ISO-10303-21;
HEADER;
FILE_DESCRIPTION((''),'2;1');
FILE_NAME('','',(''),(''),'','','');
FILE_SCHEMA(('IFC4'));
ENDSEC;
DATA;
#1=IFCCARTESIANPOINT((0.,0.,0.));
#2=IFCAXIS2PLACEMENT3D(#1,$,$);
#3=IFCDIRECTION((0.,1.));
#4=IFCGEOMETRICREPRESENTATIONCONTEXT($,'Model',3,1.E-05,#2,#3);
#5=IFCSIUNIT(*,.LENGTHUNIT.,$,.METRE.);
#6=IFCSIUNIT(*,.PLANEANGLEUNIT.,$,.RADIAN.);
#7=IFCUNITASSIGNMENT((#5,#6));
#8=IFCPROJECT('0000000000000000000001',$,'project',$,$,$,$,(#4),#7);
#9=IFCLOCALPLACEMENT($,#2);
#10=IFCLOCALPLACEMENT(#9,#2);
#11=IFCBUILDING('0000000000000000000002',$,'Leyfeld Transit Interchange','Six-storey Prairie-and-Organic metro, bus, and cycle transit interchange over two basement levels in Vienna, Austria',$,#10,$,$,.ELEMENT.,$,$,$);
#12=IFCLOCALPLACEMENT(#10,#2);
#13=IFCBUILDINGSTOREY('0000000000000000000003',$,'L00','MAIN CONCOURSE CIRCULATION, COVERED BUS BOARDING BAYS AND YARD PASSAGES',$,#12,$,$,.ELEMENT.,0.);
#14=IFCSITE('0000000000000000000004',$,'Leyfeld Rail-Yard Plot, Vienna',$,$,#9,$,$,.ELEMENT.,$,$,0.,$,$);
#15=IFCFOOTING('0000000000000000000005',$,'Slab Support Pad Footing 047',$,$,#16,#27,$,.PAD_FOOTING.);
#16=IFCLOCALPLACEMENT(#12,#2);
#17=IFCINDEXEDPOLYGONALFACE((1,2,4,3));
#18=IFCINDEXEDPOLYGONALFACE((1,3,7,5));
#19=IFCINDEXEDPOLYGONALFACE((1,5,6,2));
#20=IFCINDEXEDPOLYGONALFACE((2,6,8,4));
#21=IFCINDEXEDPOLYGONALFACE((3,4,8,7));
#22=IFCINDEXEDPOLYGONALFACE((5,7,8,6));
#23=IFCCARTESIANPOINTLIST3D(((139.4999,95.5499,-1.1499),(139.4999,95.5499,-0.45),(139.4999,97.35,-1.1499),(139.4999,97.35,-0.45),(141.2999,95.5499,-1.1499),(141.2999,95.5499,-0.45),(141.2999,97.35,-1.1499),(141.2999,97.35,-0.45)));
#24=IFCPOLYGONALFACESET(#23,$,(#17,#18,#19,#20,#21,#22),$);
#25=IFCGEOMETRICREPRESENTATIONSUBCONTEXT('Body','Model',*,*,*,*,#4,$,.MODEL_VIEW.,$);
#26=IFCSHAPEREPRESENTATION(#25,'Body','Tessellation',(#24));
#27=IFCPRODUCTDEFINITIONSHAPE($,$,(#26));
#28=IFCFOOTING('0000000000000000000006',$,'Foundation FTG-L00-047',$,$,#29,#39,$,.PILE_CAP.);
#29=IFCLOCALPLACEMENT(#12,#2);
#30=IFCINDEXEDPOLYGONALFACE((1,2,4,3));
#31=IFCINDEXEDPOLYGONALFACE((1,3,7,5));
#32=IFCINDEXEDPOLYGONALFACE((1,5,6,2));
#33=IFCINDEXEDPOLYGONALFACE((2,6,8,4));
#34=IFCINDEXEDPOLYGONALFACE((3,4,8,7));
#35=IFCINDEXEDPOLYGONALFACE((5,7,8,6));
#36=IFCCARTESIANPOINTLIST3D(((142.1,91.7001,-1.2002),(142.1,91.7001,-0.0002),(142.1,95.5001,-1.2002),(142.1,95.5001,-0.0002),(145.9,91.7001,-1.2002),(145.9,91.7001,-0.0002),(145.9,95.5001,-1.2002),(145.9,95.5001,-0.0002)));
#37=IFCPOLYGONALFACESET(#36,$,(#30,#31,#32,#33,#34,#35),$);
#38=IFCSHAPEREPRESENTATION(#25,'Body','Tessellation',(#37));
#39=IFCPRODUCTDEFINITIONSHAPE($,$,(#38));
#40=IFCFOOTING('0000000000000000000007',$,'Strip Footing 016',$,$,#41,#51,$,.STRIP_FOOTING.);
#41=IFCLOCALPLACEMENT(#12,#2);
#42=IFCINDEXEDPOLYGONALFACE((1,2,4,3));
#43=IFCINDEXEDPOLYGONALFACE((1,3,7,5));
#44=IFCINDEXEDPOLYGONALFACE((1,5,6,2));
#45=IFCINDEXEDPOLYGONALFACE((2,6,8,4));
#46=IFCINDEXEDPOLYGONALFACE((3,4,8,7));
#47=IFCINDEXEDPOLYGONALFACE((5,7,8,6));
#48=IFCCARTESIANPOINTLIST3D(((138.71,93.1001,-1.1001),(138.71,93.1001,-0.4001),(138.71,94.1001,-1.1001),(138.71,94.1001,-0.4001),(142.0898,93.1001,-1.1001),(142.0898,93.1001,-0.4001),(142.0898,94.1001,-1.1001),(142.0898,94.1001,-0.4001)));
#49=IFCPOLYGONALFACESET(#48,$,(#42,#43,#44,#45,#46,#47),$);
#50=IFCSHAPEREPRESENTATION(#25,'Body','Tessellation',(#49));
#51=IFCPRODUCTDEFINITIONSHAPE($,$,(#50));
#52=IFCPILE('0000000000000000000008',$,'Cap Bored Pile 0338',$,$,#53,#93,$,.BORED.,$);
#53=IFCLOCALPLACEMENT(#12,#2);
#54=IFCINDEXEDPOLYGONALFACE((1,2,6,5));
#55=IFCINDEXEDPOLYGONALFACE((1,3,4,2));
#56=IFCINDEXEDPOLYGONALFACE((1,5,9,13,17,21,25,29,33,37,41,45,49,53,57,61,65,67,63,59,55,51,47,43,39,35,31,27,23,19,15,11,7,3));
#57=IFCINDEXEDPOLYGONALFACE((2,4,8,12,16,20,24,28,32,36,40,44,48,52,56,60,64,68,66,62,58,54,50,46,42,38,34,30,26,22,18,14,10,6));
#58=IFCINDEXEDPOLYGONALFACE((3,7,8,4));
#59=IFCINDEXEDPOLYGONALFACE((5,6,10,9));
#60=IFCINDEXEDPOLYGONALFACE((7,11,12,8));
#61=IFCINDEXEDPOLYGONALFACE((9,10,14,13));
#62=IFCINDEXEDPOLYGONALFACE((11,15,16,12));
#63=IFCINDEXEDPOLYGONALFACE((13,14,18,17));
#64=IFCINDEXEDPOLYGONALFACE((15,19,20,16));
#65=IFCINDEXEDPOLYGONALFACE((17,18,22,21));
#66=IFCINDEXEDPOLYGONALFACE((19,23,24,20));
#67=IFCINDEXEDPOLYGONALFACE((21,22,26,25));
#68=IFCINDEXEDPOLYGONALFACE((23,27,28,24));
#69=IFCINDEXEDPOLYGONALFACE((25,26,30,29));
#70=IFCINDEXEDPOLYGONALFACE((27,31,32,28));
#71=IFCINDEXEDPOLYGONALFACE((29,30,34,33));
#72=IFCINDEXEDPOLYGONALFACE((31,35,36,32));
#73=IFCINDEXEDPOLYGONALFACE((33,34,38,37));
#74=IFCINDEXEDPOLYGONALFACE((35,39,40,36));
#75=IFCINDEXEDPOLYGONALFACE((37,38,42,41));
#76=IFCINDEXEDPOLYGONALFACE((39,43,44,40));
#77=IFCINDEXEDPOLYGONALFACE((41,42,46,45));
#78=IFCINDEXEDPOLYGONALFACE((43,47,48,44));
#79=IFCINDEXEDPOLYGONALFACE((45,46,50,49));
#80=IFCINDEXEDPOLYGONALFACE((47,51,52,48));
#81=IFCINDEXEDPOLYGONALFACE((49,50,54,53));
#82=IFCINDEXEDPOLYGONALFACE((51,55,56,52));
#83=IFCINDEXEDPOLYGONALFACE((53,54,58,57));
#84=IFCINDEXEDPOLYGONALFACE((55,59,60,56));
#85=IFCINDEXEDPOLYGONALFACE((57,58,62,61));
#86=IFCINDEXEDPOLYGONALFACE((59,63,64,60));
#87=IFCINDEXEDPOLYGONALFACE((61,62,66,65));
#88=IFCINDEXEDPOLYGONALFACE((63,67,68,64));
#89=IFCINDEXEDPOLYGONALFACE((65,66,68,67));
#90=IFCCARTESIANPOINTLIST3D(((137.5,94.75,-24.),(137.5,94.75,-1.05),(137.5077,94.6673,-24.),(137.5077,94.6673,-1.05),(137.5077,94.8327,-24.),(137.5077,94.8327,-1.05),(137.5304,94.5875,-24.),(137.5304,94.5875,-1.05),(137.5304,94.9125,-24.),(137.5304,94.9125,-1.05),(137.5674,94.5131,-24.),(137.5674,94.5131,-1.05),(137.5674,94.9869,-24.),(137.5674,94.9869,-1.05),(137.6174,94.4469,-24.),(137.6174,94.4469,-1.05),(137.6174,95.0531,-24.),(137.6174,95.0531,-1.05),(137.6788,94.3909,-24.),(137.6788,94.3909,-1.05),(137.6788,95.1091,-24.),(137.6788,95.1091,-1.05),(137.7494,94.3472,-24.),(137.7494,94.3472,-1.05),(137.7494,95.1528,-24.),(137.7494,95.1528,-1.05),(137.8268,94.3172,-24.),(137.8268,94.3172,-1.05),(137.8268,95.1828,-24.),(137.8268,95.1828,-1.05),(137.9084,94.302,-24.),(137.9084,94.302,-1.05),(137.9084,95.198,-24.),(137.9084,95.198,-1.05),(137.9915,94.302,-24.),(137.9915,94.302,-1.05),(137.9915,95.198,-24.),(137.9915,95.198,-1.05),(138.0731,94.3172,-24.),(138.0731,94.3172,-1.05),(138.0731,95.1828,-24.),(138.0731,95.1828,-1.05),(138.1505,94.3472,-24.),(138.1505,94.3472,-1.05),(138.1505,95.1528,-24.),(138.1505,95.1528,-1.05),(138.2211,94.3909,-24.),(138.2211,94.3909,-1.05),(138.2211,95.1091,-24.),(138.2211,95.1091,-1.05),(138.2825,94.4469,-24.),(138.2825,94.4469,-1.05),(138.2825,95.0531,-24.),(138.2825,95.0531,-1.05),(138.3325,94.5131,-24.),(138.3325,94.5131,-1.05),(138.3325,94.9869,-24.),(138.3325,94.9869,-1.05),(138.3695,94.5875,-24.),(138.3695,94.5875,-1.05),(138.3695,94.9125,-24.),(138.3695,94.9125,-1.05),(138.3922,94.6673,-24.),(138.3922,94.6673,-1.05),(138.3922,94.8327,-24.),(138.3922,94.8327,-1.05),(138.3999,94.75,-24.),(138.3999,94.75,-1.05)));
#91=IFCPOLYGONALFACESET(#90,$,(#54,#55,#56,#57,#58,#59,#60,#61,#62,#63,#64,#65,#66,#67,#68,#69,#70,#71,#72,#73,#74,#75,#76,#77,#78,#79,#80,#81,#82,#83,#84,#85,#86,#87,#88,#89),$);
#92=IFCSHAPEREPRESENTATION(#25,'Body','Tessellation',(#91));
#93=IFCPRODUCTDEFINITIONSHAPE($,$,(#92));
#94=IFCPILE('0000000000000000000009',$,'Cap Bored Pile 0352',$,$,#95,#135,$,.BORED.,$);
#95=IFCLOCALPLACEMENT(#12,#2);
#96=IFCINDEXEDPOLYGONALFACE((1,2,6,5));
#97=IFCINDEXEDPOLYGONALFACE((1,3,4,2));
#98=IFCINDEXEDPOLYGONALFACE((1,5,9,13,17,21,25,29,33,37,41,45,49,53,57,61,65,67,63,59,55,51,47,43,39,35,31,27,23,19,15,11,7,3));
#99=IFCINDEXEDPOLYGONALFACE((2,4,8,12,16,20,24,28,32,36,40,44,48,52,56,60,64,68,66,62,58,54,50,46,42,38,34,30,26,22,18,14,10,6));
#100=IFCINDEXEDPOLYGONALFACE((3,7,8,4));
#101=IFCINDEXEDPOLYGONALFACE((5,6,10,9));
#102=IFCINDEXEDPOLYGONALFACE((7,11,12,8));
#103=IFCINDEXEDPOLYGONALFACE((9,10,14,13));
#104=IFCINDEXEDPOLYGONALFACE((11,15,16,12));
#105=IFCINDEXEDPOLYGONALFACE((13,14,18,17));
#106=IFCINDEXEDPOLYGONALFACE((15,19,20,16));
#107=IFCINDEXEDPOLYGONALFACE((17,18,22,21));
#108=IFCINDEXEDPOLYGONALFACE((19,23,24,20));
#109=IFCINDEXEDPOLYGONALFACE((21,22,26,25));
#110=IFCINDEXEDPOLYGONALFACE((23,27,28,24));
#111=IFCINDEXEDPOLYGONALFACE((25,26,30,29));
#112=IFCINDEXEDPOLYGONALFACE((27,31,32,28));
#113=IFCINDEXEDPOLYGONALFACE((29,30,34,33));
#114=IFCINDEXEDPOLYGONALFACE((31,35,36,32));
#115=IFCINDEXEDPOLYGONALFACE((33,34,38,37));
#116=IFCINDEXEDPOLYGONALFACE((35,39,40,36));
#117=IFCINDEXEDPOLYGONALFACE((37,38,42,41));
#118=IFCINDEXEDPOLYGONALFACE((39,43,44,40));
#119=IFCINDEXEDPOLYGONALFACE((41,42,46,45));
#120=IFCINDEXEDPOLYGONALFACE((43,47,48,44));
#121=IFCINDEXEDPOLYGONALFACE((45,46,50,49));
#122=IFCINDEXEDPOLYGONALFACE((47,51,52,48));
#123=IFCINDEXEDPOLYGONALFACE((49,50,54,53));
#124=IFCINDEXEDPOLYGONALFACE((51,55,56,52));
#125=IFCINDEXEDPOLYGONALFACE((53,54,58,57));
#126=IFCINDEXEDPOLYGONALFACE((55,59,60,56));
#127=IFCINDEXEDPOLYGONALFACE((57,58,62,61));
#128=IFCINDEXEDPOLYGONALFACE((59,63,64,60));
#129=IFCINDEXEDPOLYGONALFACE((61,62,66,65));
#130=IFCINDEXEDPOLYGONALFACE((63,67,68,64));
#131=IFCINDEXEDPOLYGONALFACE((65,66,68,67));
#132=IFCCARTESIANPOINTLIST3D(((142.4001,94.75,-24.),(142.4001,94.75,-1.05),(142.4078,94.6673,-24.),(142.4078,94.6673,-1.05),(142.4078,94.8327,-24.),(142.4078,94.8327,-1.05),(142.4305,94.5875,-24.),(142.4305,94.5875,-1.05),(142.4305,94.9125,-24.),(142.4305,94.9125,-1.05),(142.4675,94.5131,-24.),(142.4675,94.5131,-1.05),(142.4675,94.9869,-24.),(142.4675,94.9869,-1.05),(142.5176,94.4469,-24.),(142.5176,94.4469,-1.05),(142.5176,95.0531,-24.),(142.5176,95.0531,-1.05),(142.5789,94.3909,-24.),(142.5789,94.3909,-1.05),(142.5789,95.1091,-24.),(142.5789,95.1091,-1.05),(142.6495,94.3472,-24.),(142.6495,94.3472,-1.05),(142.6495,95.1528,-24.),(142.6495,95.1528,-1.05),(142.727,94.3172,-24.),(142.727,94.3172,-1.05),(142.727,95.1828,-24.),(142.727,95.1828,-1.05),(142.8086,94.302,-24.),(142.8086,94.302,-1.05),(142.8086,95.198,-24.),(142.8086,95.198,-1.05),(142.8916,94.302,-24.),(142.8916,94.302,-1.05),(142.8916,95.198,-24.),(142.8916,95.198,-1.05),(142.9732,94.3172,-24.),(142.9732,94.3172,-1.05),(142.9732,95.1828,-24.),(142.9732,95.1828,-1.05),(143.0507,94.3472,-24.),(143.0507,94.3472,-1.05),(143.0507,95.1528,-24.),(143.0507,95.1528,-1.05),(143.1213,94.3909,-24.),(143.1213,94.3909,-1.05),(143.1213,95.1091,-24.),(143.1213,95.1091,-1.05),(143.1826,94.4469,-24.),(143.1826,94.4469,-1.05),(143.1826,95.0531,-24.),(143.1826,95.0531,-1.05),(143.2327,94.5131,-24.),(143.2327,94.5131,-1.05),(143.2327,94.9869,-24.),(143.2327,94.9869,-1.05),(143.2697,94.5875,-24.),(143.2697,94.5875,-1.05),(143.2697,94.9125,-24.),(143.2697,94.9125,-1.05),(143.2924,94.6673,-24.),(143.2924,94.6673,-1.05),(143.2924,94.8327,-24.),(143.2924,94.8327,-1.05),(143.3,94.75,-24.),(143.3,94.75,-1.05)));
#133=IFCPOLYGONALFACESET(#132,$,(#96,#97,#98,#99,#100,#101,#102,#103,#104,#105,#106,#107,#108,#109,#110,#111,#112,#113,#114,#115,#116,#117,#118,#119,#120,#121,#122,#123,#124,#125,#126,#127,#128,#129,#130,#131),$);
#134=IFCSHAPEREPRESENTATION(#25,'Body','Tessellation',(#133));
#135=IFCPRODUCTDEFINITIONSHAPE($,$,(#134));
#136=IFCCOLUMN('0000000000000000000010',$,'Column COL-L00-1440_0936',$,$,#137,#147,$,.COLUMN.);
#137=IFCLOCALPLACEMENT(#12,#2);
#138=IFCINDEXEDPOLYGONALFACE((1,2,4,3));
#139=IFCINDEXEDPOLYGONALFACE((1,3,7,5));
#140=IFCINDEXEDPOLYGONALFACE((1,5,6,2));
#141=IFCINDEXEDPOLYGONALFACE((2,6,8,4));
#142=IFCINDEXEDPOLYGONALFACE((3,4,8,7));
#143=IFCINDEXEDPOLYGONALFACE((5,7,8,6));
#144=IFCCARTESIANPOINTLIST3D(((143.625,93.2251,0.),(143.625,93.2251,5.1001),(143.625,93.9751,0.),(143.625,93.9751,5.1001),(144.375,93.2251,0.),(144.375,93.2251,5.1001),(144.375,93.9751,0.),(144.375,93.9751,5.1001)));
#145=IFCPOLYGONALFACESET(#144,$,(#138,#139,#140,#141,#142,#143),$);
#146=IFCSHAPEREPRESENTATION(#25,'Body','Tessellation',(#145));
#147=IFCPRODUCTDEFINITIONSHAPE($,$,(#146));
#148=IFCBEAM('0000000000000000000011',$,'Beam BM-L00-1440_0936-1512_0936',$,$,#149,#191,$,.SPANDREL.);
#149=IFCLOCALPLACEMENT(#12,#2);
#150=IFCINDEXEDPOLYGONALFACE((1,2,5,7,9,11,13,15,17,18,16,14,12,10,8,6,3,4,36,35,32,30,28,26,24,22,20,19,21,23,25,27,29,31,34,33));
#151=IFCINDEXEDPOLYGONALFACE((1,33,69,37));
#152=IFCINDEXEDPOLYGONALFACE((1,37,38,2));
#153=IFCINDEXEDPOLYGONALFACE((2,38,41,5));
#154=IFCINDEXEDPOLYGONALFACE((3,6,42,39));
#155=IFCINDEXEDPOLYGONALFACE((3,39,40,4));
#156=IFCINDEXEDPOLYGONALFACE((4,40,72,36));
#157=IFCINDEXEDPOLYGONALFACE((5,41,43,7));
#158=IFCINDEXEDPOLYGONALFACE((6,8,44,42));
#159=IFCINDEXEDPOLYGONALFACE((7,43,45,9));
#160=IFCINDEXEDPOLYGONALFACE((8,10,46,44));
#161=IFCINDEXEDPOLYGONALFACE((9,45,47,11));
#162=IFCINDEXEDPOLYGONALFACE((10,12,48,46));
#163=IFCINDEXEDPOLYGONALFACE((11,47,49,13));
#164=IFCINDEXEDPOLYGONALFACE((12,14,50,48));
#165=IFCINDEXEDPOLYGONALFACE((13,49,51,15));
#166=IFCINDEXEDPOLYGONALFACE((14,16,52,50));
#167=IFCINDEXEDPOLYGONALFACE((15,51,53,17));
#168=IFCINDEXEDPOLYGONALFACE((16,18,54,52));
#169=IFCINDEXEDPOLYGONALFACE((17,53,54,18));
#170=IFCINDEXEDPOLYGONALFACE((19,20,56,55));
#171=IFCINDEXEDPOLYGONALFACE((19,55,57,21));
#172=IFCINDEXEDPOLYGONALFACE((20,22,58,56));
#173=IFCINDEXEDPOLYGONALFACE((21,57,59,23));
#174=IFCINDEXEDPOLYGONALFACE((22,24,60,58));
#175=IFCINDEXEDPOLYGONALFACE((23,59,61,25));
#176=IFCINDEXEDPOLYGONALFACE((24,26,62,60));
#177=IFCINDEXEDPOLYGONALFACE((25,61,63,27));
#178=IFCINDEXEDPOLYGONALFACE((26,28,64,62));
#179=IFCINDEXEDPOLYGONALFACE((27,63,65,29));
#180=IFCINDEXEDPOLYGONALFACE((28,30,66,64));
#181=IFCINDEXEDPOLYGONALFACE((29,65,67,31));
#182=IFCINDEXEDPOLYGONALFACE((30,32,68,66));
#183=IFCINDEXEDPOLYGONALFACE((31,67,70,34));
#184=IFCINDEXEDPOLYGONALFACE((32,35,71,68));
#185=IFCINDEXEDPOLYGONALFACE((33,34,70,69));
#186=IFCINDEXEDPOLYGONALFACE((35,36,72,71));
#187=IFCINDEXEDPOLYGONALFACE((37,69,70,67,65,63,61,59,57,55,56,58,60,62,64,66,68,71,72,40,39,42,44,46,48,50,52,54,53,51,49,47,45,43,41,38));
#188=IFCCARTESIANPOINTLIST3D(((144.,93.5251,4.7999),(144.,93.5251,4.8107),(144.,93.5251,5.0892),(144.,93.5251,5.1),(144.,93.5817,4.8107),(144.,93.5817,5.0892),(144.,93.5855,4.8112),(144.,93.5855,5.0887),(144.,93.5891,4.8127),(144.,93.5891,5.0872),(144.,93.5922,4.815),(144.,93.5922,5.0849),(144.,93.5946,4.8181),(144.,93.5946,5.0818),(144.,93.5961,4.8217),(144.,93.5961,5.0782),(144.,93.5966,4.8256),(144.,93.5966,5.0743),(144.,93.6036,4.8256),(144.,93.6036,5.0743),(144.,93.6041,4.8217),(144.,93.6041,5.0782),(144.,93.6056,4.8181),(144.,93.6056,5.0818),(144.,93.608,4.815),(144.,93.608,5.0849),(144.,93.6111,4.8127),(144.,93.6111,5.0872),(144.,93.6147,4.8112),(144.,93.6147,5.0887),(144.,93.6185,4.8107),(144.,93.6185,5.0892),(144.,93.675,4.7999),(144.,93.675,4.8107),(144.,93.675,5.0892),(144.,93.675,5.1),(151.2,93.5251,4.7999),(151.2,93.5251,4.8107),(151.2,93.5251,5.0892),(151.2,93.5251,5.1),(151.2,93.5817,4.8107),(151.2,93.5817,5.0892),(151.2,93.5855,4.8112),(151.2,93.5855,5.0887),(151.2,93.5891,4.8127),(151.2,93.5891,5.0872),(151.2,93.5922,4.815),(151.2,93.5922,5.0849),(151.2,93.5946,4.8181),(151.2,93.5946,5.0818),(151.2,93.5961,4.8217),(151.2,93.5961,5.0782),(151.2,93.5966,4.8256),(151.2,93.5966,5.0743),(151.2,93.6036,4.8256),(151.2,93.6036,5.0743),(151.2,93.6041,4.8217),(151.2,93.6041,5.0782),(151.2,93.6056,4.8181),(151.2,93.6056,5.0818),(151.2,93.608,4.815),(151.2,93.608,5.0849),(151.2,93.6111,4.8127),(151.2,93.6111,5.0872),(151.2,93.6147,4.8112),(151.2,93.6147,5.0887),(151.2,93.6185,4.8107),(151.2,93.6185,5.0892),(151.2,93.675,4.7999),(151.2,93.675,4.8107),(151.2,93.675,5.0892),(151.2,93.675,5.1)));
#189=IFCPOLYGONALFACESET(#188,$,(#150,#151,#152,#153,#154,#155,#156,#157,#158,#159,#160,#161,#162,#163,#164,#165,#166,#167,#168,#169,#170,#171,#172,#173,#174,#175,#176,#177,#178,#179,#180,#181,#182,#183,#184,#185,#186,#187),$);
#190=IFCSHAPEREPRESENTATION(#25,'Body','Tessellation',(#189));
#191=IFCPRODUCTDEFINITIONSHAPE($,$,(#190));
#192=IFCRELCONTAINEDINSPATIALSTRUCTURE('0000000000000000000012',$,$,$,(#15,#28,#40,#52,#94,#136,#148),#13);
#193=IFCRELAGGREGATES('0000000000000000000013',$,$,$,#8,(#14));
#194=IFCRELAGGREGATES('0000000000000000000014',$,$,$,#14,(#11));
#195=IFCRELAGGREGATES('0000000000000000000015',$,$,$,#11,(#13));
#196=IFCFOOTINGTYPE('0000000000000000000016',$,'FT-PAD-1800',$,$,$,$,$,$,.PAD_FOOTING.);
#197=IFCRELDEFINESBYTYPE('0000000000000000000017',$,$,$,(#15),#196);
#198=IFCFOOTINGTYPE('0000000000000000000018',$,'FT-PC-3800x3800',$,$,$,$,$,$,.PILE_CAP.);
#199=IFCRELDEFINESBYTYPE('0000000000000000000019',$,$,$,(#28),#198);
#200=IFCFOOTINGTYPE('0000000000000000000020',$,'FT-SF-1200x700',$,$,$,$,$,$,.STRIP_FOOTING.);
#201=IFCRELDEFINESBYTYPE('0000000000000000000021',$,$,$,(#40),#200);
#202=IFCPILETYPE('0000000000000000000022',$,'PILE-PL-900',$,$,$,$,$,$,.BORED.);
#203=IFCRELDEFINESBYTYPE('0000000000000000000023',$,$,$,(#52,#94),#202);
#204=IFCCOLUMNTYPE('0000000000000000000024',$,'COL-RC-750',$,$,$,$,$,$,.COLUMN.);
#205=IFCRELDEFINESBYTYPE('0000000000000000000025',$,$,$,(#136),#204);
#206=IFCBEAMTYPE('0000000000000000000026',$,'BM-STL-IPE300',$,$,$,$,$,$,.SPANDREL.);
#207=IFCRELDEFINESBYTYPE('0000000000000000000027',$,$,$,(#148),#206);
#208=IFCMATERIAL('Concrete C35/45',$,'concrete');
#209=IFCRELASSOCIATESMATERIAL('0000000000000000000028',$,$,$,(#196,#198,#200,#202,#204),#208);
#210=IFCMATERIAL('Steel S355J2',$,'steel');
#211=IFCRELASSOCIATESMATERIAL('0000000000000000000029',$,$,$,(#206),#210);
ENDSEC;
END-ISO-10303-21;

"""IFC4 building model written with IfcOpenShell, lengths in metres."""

from ifc_helpers import new_model, si_unit, direction, frame, origin, origin_2d, place, context, subcontext, project, spatial, rectangle, circle, i_section, extrude, material, material_profile, profile_set, type_object, element, save


model = new_model("IFC4")

# Units and contexts
model_context = context("Model", 3, precision=1e-05, world=origin(), true_north=direction((0.0, 1.0)))
body_context = subcontext(model_context, "Body", "Model", "MODEL_VIEW")
ifc_project = project(units=[si_unit("LENGTHUNIT", "METRE"), si_unit("PLANEANGLEUNIT", "RADIAN")], contexts=[model_context])

# Site, building, storey
site_placement = place(None, origin())
site = spatial("IfcSite", under=ifc_project, at=site_placement, Name="Leyfeld Rail-Yard Plot, Vienna", CompositionType="ELEMENT", RefElevation=0.0)
building_placement = place(site_placement, origin())
building = spatial("IfcBuilding", under=site, at=building_placement, Name="Leyfeld Transit Interchange", Description="Six-storey Prairie-and-Organic metro, bus, and cycle transit interchange over two basement levels in Vienna, Austria", CompositionType="ELEMENT")
storey_placement = place(building_placement, origin())
storey = spatial("IfcBuildingStorey", under=building, at=storey_placement, Name="L00", Description="MAIN CONCOURSE CIRCULATION, COVERED BUS BOARDING BAYS AND YARD PASSAGES", CompositionType="ELEMENT", Elevation=0.0)

# Footings
ifc_material_1 = material(Name="Concrete C35/45", Category="concrete")
footing_type_1 = type_object("IfcFootingType", Name="FT-PAD-1800", PredefinedType="PAD_FOOTING", material=ifc_material_1)
footing_1_placement = place(storey_placement, frame((140.3999, 96.45, -1.1499), z_axis=(0.0, 0.0, 1.0), x_axis=(1.0, 0.0, 0.0)))
element("IfcFooting", 1, at=footing_1_placement, inside=storey, type_object=footing_type_1, Name="Slab Support Pad Footing 047", PredefinedType="PAD_FOOTING", context=body_context, shape_type="SweptSolid", body=[
    extrude(rectangle(XDim=1.8, YDim=1.8, at=origin_2d()), origin(), (0.0, 0.0, 1.0), 0.7),
])
footing_type_2 = type_object("IfcFootingType", Name="FT-PC-3800x3800", PredefinedType="PILE_CAP", material=ifc_material_1)
footing_2_placement = place(storey_placement, frame((144.0, 93.6001, -1.2002), z_axis=(0.0, 0.0, 1.0), x_axis=(1.0, 0.0, 0.0)))
element("IfcFooting", 2, at=footing_2_placement, inside=storey, type_object=footing_type_2, Name="Foundation FTG-L00-047", PredefinedType="PILE_CAP", context=body_context, shape_type="SweptSolid", body=[
    extrude(rectangle(XDim=3.8, YDim=3.8, at=origin_2d()), origin(), (0.0, 0.0, 1.0), 1.2),
])
footing_type_3 = type_object("IfcFootingType", Name="FT-SF-1200x700", PredefinedType="STRIP_FOOTING", material=ifc_material_1)
footing_3_placement = place(storey_placement, frame((140.3999, 93.6001, -1.1001), z_axis=(0.0, 0.0, 1.0), x_axis=(1.0, 0.0, 0.0)))
element("IfcFooting", 3, at=footing_3_placement, inside=storey, type_object=footing_type_3, Name="Strip Footing 016", PredefinedType="STRIP_FOOTING", context=body_context, shape_type="SweptSolid", body=[
    extrude(rectangle(XDim=3.3799, YDim=1.0, at=origin_2d()), origin(), (0.0, 0.0, 1.0), 0.7),
])

# Piles
ifc_material_profile_1 = material_profile(ifc_material_1, circle(Radius=0.45, at=origin_2d()), Name="PILE D900")
ifc_profile_set_1 = profile_set([ifc_material_profile_1], Name="Concrete C35/45")
pile_type = type_object("IfcPileType", Name="PILE-PL-900", PredefinedType="BORED", material=ifc_profile_set_1)
for number, where, z_axis, x_axis, name in (
    (4, (137.95, 94.75, -1.05), (0.0, 0.0, -1.0), (1.0, 0.0, 0.0), "Cap Bored Pile 0338"),
    (5, (142.8501, 94.75, -1.05), (0.0, 0.0, -1.0), (1.0, 0.0, 0.0), "Cap Bored Pile 0352"),
):
    element("IfcPile", number, at=place(storey_placement, frame(where, z_axis=z_axis, x_axis=x_axis)), inside=storey, type_object=pile_type, Name=name, PredefinedType="BORED", context=body_context, shape_type="SweptSolid", body=[
        extrude(circle(Radius=0.45, at=origin_2d()), origin(), (0.0, 0.0, 1.0), 22.95),
    ])

# Column
ifc_material_profile_2 = material_profile(ifc_material_1, rectangle(XDim=0.75, YDim=0.75, at=origin_2d()), Name="RC 750x750")
ifc_profile_set_2 = profile_set([ifc_material_profile_2], Name="Concrete C35/45")
column_type = type_object("IfcColumnType", Name="COL-RC-750", PredefinedType="COLUMN", material=ifc_profile_set_2)
column_placement = place(storey_placement, frame((144.0, 93.6001, 0.0), z_axis=(0.0, 0.0, 1.0), x_axis=(1.0, 0.0, 0.0)))
element("IfcColumn", 6, at=column_placement, inside=storey, type_object=column_type, Name="Column COL-L00-1440_0936", PredefinedType="COLUMN", context=body_context, shape_type="SweptSolid", body=[
    extrude(rectangle(XDim=0.75, YDim=0.75, at=origin_2d()), origin(), (0.0, 0.0, 1.0), 5.1001),
])

# Beam
ifc_material_2 = material(Name="Steel S355J2", Category="steel")
ifc_material_profile_3 = material_profile(ifc_material_2, i_section(OverallWidth=0.1499, OverallDepth=0.3, WebThickness=0.0071, FlangeThickness=0.0107, FilletRadius=0.0149, at=origin_2d()), Name="IPE 300")
ifc_profile_set_3 = profile_set([ifc_material_profile_3], Name="Steel S355J2")
beam_type = type_object("IfcBeamType", Name="BM-STL-IPE300", PredefinedType="SPANDREL", material=ifc_profile_set_3)
beam_placement = place(storey_placement, frame((144.0, 93.6001, 4.95), z_axis=(1.0, 0.0, 0.0), x_axis=(0.0, 1.0, 0.0)))
element("IfcBeam", 7, at=beam_placement, inside=storey, type_object=beam_type, Name="Beam BM-L00-1440_0936-1512_0936", PredefinedType="SPANDREL", context=body_context, shape_type="SweptSolid", body=[
    extrude(i_section(OverallWidth=0.1499, OverallDepth=0.3, WebThickness=0.0071, FlangeThickness=0.0107, FilletRadius=0.0149, at=origin_2d()), origin(), (0.0, 0.0, 1.0), 7.2),
])

save(model, "model.ifc")
